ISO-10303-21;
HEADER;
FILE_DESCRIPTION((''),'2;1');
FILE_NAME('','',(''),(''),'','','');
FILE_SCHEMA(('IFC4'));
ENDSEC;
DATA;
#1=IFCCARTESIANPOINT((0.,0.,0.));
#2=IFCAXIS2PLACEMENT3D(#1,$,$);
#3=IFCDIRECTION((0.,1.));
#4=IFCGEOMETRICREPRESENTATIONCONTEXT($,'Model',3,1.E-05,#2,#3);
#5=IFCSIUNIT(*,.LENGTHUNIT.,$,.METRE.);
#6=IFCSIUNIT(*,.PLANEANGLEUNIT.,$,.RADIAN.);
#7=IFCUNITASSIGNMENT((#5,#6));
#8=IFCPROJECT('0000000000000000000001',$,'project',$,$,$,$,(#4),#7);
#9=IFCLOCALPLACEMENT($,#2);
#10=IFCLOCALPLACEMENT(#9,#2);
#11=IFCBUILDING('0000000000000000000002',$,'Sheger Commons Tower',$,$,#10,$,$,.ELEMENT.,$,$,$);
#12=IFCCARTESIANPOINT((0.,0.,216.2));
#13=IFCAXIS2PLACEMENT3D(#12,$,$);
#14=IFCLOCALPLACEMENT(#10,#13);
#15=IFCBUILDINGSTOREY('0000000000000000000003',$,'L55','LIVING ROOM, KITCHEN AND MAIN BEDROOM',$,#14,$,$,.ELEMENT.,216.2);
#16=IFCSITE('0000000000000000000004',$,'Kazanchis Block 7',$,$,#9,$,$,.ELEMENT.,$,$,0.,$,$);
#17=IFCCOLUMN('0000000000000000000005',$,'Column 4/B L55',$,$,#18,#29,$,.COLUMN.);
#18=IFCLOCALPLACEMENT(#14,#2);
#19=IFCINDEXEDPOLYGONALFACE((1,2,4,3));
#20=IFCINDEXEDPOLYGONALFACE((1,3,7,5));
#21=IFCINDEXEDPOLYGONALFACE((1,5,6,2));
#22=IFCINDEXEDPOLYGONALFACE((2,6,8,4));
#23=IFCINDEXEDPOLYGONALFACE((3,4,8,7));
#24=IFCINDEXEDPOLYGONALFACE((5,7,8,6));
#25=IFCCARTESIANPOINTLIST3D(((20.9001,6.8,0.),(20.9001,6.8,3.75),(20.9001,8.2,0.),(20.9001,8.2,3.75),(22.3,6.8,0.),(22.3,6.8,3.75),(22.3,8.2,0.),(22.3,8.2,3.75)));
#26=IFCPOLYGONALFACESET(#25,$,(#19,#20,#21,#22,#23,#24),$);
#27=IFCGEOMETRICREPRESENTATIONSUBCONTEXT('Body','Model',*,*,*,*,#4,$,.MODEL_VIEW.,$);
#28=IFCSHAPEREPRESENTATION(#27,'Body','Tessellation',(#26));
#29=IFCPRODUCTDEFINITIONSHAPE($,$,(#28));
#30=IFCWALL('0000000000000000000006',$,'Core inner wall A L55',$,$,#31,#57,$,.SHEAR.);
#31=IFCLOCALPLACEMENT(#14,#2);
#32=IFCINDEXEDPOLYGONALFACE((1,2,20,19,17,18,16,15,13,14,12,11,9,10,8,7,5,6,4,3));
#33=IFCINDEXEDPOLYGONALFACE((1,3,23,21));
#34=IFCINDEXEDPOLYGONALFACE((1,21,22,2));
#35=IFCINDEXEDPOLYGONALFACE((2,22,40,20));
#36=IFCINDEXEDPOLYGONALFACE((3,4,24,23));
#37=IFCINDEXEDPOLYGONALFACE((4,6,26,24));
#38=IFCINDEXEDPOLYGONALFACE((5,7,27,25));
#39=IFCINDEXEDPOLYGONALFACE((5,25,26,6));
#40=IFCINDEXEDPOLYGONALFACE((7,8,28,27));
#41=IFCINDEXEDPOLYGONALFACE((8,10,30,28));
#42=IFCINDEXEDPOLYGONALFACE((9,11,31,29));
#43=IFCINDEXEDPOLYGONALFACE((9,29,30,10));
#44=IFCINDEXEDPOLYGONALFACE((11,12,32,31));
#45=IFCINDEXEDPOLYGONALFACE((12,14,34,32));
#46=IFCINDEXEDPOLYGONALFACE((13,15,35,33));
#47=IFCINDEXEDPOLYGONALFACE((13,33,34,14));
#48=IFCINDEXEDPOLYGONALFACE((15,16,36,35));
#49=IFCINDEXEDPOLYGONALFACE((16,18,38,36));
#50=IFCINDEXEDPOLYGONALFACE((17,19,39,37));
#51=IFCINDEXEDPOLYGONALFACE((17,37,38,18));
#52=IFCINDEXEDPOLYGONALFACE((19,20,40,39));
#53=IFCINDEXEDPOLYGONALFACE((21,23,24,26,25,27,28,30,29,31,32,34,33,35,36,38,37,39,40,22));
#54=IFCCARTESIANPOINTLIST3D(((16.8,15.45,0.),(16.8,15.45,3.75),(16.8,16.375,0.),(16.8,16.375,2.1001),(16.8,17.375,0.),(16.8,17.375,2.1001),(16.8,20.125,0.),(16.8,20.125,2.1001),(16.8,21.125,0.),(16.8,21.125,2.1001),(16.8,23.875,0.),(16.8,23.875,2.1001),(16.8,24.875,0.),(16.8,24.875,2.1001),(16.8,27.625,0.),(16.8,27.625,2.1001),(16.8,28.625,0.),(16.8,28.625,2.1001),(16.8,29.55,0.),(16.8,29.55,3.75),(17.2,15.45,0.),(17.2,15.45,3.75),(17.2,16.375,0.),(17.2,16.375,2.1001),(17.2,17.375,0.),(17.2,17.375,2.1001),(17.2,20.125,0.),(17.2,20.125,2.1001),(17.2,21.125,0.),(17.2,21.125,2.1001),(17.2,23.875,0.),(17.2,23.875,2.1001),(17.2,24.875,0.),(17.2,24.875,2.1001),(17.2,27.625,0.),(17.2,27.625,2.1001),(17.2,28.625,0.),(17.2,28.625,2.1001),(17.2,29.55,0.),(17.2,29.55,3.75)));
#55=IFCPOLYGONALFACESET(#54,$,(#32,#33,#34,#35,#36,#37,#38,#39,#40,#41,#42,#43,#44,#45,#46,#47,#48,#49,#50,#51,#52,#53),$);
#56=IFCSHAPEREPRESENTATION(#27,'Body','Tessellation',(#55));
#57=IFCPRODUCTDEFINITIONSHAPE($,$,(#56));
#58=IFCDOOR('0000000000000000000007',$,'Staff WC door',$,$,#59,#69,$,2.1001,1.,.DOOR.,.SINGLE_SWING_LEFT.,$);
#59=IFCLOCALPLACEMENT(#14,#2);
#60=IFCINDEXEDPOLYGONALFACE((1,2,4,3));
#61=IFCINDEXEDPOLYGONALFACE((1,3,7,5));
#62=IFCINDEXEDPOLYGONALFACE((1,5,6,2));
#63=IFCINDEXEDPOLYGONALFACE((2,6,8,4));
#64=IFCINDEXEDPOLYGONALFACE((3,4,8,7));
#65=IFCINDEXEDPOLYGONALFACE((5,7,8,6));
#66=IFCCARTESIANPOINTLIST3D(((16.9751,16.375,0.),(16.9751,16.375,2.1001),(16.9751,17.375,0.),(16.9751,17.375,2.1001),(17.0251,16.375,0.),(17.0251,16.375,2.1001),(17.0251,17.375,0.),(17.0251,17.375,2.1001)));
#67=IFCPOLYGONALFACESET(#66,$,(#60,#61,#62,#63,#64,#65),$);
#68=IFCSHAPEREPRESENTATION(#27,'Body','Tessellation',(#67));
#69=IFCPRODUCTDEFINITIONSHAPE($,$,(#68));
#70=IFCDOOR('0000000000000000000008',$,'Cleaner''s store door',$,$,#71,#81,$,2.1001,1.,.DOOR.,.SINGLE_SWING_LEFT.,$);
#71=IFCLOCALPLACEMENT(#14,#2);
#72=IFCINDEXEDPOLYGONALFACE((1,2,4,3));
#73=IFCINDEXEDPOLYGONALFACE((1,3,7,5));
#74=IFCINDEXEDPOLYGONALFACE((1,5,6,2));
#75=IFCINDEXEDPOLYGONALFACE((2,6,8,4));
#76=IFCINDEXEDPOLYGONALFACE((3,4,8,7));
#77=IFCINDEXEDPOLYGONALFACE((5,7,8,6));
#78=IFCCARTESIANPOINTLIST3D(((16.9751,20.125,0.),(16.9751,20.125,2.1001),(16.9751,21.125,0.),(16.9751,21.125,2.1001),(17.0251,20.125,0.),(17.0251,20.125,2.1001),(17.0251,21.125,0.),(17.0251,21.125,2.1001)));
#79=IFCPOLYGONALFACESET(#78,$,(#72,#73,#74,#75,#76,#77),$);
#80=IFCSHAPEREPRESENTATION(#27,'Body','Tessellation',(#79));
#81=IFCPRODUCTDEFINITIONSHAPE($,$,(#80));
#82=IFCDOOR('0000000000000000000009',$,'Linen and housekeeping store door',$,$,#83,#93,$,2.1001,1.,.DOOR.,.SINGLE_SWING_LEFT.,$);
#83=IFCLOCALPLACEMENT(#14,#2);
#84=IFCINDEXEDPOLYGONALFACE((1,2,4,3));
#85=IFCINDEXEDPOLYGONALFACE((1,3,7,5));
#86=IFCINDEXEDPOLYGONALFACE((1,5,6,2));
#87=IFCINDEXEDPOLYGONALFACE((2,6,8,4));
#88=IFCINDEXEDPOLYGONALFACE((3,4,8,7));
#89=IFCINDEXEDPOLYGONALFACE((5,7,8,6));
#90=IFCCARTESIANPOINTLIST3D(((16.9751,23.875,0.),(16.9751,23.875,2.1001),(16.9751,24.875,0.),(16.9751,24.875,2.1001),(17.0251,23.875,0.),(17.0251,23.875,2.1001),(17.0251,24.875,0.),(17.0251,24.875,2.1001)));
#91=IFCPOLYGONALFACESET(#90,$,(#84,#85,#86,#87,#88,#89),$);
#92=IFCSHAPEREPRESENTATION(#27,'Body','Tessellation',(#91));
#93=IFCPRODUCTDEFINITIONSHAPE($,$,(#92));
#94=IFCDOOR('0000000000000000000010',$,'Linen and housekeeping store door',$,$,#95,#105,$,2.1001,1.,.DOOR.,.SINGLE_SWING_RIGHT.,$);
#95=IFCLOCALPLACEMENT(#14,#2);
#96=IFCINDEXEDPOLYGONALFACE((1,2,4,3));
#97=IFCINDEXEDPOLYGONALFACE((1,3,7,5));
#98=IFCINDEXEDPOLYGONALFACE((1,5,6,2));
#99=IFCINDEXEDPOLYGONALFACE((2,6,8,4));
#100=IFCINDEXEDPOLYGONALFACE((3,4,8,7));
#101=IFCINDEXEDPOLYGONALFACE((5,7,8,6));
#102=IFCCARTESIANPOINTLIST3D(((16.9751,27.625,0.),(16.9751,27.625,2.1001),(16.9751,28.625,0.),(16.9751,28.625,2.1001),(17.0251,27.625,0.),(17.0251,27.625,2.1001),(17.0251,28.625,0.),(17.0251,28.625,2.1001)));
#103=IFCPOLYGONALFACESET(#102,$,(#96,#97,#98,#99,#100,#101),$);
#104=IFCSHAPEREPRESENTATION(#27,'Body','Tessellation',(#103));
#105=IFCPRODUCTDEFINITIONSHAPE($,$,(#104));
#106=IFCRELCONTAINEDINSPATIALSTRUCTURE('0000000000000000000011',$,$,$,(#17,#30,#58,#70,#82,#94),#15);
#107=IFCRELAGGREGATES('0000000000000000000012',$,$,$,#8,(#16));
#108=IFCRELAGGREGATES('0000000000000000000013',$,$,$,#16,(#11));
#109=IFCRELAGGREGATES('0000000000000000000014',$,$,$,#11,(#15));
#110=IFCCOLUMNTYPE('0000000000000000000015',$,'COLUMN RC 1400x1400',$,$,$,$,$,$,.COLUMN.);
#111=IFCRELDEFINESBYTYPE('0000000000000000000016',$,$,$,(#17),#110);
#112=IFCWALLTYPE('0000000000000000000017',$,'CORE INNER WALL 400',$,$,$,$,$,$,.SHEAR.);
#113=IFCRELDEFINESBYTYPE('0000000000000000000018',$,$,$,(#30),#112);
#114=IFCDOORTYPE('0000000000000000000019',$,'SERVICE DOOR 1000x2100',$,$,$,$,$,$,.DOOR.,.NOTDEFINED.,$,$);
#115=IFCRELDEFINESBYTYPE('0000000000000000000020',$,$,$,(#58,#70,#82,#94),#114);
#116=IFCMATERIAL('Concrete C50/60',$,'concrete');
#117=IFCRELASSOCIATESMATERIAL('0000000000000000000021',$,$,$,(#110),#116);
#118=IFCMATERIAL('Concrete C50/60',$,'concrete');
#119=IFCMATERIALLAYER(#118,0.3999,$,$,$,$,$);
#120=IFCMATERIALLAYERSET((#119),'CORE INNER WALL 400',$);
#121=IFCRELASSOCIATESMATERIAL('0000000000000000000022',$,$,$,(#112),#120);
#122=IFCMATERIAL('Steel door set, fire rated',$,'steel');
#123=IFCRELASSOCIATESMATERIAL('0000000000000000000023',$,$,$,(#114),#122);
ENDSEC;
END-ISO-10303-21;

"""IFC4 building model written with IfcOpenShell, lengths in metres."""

from ifc_helpers import new_model, si_unit, direction, frame, frame_2d, origin, origin_2d, place, context, subcontext, project, spatial, rectangle, extrude, material, layer, layer_set, material_profile, profile_set, type_object, element, fill, save


model = new_model("IFC4")

# Units and contexts
model_context = context("Model", 3, precision=1e-05, world=origin(), true_north=direction((0.0, 1.0)))
body_context = subcontext(model_context, "Body", "Model", "MODEL_VIEW")
ifc_project = project(units=[si_unit("LENGTHUNIT", "METRE"), si_unit("PLANEANGLEUNIT", "RADIAN")], contexts=[model_context])

# Site, building, storey
site_placement = place(None, origin())
site = spatial("IfcSite", under=ifc_project, at=site_placement, Name="Kazanchis Block 7", CompositionType="ELEMENT", RefElevation=0.0)
building_placement = place(site_placement, origin())
building = spatial("IfcBuilding", under=site, at=building_placement, Name="Sheger Commons Tower", CompositionType="ELEMENT")
storey_placement = place(building_placement, frame((0.0, 0.0, 216.2)))
storey = spatial("IfcBuildingStorey", under=building, at=storey_placement, Name="L55", Description="LIVING ROOM, KITCHEN AND MAIN BEDROOM", CompositionType="ELEMENT", Elevation=216.2)

# Column
ifc_material_1 = material(Name="Concrete C50/60", Category="concrete")
ifc_material_profile = material_profile(ifc_material_1, rectangle(XDim=1.3999, YDim=1.3999, at=origin_2d()), Name="RC 1400x1400")
ifc_profile_set = profile_set([ifc_material_profile], Name="Concrete C50/60")
column_type = type_object("IfcColumnType", Name="COLUMN RC 1400x1400", PredefinedType="COLUMN", material=ifc_profile_set)
column_placement = place(storey_placement, frame((21.6001, 7.5, 0.0), z_axis=(0.0, 0.0, 1.0), x_axis=(1.0, 0.0, 0.0)))
element("IfcColumn", 1, at=column_placement, inside=storey, type_object=column_type, Name="Column 4/B L55", PredefinedType="COLUMN", context=body_context, shape_type="SweptSolid", body=[
    extrude(rectangle(XDim=1.3999, YDim=1.3999, at=origin_2d()), origin(), (0.0, 0.0, 1.0), 3.75),
])

# Wall, openings, doors
ifc_material_2 = material(Name="Concrete C50/60", Category="concrete")
ifc_layer_1 = layer(ifc_material_2, 0.3999)
ifc_layer_set_1 = layer_set([ifc_layer_1], Name="CORE INNER WALL 400")
wall_type_1 = type_object("IfcWallType", Name="CORE INNER WALL 400", PredefinedType="SHEAR", material=ifc_layer_set_1)
wall_1_placement = place(storey_placement, frame((17.0, 15.45, 0.0), z_axis=(0.0, 0.0, 1.0), x_axis=(0.0, 1.0, 0.0)))
wall_1 = element("IfcWall", 2, at=wall_1_placement, inside=storey, type_object=wall_type_1, Name="Core inner wall A L55", PredefinedType="SHEAR", context=body_context, shape_type="SweptSolid", body=[
    extrude(rectangle(XDim=14.1001, YDim=0.3999, at=frame_2d((7.05, 0.0))), origin(), (0.0, 0.0, 1.0), 3.75),
])
opening_1_placement = place(wall_1_placement, frame((0.925, 0.0, 0.0)))
opening_1 = element("IfcOpeningElement", 3, at=opening_1_placement, cuts=wall_1, PredefinedType="OPENING", context=body_context, shape_type="SweptSolid", body=[
    extrude(rectangle(XDim=1.0, YDim=2.1001, at=frame_2d((0.5, 1.05))), frame((0.0, 0.21, 0.0), z_axis=(0.0, -1.0, 0.0), x_axis=(1.0, 0.0, 0.0)), (0.0, 0.0, 1.0), 0.4199),
])
opening_2_placement = place(wall_1_placement, frame((4.675, 0.0, 0.0)))
opening_2 = element("IfcOpeningElement", 4, at=opening_2_placement, cuts=wall_1, PredefinedType="OPENING", context=body_context, shape_type="SweptSolid", body=[
    extrude(rectangle(XDim=1.0, YDim=2.1001, at=frame_2d((0.5, 1.05))), frame((0.0, 0.21, 0.0), z_axis=(0.0, -1.0, 0.0), x_axis=(1.0, 0.0, 0.0)), (0.0, 0.0, 1.0), 0.4199),
])
opening_3_placement = place(wall_1_placement, frame((8.425, 0.0, 0.0)))
opening_3 = element("IfcOpeningElement", 5, at=opening_3_placement, cuts=wall_1, PredefinedType="OPENING", context=body_context, shape_type="SweptSolid", body=[
    extrude(rectangle(XDim=1.0, YDim=2.1001, at=frame_2d((0.5, 1.05))), frame((0.0, 0.21, 0.0), z_axis=(0.0, -1.0, 0.0), x_axis=(1.0, 0.0, 0.0)), (0.0, 0.0, 1.0), 0.4199),
])
opening_4_placement = place(wall_1_placement, frame((12.175, 0.0, 0.0)))
opening_4 = element("IfcOpeningElement", 6, at=opening_4_placement, cuts=wall_1, PredefinedType="OPENING", context=body_context, shape_type="SweptSolid", body=[
    extrude(rectangle(XDim=1.0, YDim=2.1001, at=frame_2d((0.5, 1.05))), frame((0.0, 0.21, 0.0), z_axis=(0.0, -1.0, 0.0), x_axis=(1.0, 0.0, 0.0)), (0.0, 0.0, 1.0), 0.4199),
])
ifc_material_3 = material(Name="Steel door set, fire rated", Category="steel")
door_type_1 = type_object("IfcDoorType", Name="SERVICE DOOR 1000x2100", OperationType="NOTDEFINED", PredefinedType="DOOR", material=ifc_material_3)
door_1_placement = place(opening_1_placement, origin())
door_1 = element("IfcDoor", 7, at=door_1_placement, inside=storey, type_object=door_type_1, Name="Staff WC door", OperationType="SINGLE_SWING_LEFT", OverallHeight=2.1001, OverallWidth=1.0, PredefinedType="DOOR", context=body_context, shape_type="SweptSolid", body=[
    extrude(rectangle(XDim=1.0, YDim=2.1001, at=frame_2d((0.5, 1.05))), frame((0.0, 0.0249, 0.0), z_axis=(0.0, -1.0, 0.0), x_axis=(1.0, 0.0, 0.0)), (0.0, 0.0, 1.0), 0.05),
])
fill(opening_1, door_1)
door_2_placement = place(opening_2_placement, origin())
door_2 = element("IfcDoor", 8, at=door_2_placement, inside=storey, type_object=door_type_1, Name="Cleaner's store door", OperationType="SINGLE_SWING_LEFT", OverallHeight=2.1001, OverallWidth=1.0, PredefinedType="DOOR", context=body_context, shape_type="SweptSolid", body=[
    extrude(rectangle(XDim=1.0, YDim=2.1001, at=frame_2d((0.5, 1.05))), frame((0.0, 0.0249, 0.0), z_axis=(0.0, -1.0, 0.0), x_axis=(1.0, 0.0, 0.0)), (0.0, 0.0, 1.0), 0.05),
])
fill(opening_2, door_2)
door_3_placement = place(opening_3_placement, origin())
door_3 = element("IfcDoor", 9, at=door_3_placement, inside=storey, type_object=door_type_1, Name="Linen and housekeeping store door", OperationType="SINGLE_SWING_LEFT", OverallHeight=2.1001, OverallWidth=1.0, PredefinedType="DOOR", context=body_context, shape_type="SweptSolid", body=[
    extrude(rectangle(XDim=1.0, YDim=2.1001, at=frame_2d((0.5, 1.05))), frame((0.0, 0.0249, 0.0), z_axis=(0.0, -1.0, 0.0), x_axis=(1.0, 0.0, 0.0)), (0.0, 0.0, 1.0), 0.05),
])
fill(opening_3, door_3)
door_4_placement = place(opening_4_placement, origin())
door_4 = element("IfcDoor", 10, at=door_4_placement, inside=storey, type_object=door_type_1, Name="Linen and housekeeping store door", OperationType="SINGLE_SWING_RIGHT", OverallHeight=2.1001, OverallWidth=1.0, PredefinedType="DOOR", context=body_context, shape_type="SweptSolid", body=[
    extrude(rectangle(XDim=1.0, YDim=2.1001, at=frame_2d((0.5, 1.05))), frame((0.0, 0.0249, 0.0), z_axis=(0.0, -1.0, 0.0), x_axis=(1.0, 0.0, 0.0)), (0.0, 0.0, 1.0), 0.05),
])
fill(opening_4, door_4)

save(model, "model.ifc")
